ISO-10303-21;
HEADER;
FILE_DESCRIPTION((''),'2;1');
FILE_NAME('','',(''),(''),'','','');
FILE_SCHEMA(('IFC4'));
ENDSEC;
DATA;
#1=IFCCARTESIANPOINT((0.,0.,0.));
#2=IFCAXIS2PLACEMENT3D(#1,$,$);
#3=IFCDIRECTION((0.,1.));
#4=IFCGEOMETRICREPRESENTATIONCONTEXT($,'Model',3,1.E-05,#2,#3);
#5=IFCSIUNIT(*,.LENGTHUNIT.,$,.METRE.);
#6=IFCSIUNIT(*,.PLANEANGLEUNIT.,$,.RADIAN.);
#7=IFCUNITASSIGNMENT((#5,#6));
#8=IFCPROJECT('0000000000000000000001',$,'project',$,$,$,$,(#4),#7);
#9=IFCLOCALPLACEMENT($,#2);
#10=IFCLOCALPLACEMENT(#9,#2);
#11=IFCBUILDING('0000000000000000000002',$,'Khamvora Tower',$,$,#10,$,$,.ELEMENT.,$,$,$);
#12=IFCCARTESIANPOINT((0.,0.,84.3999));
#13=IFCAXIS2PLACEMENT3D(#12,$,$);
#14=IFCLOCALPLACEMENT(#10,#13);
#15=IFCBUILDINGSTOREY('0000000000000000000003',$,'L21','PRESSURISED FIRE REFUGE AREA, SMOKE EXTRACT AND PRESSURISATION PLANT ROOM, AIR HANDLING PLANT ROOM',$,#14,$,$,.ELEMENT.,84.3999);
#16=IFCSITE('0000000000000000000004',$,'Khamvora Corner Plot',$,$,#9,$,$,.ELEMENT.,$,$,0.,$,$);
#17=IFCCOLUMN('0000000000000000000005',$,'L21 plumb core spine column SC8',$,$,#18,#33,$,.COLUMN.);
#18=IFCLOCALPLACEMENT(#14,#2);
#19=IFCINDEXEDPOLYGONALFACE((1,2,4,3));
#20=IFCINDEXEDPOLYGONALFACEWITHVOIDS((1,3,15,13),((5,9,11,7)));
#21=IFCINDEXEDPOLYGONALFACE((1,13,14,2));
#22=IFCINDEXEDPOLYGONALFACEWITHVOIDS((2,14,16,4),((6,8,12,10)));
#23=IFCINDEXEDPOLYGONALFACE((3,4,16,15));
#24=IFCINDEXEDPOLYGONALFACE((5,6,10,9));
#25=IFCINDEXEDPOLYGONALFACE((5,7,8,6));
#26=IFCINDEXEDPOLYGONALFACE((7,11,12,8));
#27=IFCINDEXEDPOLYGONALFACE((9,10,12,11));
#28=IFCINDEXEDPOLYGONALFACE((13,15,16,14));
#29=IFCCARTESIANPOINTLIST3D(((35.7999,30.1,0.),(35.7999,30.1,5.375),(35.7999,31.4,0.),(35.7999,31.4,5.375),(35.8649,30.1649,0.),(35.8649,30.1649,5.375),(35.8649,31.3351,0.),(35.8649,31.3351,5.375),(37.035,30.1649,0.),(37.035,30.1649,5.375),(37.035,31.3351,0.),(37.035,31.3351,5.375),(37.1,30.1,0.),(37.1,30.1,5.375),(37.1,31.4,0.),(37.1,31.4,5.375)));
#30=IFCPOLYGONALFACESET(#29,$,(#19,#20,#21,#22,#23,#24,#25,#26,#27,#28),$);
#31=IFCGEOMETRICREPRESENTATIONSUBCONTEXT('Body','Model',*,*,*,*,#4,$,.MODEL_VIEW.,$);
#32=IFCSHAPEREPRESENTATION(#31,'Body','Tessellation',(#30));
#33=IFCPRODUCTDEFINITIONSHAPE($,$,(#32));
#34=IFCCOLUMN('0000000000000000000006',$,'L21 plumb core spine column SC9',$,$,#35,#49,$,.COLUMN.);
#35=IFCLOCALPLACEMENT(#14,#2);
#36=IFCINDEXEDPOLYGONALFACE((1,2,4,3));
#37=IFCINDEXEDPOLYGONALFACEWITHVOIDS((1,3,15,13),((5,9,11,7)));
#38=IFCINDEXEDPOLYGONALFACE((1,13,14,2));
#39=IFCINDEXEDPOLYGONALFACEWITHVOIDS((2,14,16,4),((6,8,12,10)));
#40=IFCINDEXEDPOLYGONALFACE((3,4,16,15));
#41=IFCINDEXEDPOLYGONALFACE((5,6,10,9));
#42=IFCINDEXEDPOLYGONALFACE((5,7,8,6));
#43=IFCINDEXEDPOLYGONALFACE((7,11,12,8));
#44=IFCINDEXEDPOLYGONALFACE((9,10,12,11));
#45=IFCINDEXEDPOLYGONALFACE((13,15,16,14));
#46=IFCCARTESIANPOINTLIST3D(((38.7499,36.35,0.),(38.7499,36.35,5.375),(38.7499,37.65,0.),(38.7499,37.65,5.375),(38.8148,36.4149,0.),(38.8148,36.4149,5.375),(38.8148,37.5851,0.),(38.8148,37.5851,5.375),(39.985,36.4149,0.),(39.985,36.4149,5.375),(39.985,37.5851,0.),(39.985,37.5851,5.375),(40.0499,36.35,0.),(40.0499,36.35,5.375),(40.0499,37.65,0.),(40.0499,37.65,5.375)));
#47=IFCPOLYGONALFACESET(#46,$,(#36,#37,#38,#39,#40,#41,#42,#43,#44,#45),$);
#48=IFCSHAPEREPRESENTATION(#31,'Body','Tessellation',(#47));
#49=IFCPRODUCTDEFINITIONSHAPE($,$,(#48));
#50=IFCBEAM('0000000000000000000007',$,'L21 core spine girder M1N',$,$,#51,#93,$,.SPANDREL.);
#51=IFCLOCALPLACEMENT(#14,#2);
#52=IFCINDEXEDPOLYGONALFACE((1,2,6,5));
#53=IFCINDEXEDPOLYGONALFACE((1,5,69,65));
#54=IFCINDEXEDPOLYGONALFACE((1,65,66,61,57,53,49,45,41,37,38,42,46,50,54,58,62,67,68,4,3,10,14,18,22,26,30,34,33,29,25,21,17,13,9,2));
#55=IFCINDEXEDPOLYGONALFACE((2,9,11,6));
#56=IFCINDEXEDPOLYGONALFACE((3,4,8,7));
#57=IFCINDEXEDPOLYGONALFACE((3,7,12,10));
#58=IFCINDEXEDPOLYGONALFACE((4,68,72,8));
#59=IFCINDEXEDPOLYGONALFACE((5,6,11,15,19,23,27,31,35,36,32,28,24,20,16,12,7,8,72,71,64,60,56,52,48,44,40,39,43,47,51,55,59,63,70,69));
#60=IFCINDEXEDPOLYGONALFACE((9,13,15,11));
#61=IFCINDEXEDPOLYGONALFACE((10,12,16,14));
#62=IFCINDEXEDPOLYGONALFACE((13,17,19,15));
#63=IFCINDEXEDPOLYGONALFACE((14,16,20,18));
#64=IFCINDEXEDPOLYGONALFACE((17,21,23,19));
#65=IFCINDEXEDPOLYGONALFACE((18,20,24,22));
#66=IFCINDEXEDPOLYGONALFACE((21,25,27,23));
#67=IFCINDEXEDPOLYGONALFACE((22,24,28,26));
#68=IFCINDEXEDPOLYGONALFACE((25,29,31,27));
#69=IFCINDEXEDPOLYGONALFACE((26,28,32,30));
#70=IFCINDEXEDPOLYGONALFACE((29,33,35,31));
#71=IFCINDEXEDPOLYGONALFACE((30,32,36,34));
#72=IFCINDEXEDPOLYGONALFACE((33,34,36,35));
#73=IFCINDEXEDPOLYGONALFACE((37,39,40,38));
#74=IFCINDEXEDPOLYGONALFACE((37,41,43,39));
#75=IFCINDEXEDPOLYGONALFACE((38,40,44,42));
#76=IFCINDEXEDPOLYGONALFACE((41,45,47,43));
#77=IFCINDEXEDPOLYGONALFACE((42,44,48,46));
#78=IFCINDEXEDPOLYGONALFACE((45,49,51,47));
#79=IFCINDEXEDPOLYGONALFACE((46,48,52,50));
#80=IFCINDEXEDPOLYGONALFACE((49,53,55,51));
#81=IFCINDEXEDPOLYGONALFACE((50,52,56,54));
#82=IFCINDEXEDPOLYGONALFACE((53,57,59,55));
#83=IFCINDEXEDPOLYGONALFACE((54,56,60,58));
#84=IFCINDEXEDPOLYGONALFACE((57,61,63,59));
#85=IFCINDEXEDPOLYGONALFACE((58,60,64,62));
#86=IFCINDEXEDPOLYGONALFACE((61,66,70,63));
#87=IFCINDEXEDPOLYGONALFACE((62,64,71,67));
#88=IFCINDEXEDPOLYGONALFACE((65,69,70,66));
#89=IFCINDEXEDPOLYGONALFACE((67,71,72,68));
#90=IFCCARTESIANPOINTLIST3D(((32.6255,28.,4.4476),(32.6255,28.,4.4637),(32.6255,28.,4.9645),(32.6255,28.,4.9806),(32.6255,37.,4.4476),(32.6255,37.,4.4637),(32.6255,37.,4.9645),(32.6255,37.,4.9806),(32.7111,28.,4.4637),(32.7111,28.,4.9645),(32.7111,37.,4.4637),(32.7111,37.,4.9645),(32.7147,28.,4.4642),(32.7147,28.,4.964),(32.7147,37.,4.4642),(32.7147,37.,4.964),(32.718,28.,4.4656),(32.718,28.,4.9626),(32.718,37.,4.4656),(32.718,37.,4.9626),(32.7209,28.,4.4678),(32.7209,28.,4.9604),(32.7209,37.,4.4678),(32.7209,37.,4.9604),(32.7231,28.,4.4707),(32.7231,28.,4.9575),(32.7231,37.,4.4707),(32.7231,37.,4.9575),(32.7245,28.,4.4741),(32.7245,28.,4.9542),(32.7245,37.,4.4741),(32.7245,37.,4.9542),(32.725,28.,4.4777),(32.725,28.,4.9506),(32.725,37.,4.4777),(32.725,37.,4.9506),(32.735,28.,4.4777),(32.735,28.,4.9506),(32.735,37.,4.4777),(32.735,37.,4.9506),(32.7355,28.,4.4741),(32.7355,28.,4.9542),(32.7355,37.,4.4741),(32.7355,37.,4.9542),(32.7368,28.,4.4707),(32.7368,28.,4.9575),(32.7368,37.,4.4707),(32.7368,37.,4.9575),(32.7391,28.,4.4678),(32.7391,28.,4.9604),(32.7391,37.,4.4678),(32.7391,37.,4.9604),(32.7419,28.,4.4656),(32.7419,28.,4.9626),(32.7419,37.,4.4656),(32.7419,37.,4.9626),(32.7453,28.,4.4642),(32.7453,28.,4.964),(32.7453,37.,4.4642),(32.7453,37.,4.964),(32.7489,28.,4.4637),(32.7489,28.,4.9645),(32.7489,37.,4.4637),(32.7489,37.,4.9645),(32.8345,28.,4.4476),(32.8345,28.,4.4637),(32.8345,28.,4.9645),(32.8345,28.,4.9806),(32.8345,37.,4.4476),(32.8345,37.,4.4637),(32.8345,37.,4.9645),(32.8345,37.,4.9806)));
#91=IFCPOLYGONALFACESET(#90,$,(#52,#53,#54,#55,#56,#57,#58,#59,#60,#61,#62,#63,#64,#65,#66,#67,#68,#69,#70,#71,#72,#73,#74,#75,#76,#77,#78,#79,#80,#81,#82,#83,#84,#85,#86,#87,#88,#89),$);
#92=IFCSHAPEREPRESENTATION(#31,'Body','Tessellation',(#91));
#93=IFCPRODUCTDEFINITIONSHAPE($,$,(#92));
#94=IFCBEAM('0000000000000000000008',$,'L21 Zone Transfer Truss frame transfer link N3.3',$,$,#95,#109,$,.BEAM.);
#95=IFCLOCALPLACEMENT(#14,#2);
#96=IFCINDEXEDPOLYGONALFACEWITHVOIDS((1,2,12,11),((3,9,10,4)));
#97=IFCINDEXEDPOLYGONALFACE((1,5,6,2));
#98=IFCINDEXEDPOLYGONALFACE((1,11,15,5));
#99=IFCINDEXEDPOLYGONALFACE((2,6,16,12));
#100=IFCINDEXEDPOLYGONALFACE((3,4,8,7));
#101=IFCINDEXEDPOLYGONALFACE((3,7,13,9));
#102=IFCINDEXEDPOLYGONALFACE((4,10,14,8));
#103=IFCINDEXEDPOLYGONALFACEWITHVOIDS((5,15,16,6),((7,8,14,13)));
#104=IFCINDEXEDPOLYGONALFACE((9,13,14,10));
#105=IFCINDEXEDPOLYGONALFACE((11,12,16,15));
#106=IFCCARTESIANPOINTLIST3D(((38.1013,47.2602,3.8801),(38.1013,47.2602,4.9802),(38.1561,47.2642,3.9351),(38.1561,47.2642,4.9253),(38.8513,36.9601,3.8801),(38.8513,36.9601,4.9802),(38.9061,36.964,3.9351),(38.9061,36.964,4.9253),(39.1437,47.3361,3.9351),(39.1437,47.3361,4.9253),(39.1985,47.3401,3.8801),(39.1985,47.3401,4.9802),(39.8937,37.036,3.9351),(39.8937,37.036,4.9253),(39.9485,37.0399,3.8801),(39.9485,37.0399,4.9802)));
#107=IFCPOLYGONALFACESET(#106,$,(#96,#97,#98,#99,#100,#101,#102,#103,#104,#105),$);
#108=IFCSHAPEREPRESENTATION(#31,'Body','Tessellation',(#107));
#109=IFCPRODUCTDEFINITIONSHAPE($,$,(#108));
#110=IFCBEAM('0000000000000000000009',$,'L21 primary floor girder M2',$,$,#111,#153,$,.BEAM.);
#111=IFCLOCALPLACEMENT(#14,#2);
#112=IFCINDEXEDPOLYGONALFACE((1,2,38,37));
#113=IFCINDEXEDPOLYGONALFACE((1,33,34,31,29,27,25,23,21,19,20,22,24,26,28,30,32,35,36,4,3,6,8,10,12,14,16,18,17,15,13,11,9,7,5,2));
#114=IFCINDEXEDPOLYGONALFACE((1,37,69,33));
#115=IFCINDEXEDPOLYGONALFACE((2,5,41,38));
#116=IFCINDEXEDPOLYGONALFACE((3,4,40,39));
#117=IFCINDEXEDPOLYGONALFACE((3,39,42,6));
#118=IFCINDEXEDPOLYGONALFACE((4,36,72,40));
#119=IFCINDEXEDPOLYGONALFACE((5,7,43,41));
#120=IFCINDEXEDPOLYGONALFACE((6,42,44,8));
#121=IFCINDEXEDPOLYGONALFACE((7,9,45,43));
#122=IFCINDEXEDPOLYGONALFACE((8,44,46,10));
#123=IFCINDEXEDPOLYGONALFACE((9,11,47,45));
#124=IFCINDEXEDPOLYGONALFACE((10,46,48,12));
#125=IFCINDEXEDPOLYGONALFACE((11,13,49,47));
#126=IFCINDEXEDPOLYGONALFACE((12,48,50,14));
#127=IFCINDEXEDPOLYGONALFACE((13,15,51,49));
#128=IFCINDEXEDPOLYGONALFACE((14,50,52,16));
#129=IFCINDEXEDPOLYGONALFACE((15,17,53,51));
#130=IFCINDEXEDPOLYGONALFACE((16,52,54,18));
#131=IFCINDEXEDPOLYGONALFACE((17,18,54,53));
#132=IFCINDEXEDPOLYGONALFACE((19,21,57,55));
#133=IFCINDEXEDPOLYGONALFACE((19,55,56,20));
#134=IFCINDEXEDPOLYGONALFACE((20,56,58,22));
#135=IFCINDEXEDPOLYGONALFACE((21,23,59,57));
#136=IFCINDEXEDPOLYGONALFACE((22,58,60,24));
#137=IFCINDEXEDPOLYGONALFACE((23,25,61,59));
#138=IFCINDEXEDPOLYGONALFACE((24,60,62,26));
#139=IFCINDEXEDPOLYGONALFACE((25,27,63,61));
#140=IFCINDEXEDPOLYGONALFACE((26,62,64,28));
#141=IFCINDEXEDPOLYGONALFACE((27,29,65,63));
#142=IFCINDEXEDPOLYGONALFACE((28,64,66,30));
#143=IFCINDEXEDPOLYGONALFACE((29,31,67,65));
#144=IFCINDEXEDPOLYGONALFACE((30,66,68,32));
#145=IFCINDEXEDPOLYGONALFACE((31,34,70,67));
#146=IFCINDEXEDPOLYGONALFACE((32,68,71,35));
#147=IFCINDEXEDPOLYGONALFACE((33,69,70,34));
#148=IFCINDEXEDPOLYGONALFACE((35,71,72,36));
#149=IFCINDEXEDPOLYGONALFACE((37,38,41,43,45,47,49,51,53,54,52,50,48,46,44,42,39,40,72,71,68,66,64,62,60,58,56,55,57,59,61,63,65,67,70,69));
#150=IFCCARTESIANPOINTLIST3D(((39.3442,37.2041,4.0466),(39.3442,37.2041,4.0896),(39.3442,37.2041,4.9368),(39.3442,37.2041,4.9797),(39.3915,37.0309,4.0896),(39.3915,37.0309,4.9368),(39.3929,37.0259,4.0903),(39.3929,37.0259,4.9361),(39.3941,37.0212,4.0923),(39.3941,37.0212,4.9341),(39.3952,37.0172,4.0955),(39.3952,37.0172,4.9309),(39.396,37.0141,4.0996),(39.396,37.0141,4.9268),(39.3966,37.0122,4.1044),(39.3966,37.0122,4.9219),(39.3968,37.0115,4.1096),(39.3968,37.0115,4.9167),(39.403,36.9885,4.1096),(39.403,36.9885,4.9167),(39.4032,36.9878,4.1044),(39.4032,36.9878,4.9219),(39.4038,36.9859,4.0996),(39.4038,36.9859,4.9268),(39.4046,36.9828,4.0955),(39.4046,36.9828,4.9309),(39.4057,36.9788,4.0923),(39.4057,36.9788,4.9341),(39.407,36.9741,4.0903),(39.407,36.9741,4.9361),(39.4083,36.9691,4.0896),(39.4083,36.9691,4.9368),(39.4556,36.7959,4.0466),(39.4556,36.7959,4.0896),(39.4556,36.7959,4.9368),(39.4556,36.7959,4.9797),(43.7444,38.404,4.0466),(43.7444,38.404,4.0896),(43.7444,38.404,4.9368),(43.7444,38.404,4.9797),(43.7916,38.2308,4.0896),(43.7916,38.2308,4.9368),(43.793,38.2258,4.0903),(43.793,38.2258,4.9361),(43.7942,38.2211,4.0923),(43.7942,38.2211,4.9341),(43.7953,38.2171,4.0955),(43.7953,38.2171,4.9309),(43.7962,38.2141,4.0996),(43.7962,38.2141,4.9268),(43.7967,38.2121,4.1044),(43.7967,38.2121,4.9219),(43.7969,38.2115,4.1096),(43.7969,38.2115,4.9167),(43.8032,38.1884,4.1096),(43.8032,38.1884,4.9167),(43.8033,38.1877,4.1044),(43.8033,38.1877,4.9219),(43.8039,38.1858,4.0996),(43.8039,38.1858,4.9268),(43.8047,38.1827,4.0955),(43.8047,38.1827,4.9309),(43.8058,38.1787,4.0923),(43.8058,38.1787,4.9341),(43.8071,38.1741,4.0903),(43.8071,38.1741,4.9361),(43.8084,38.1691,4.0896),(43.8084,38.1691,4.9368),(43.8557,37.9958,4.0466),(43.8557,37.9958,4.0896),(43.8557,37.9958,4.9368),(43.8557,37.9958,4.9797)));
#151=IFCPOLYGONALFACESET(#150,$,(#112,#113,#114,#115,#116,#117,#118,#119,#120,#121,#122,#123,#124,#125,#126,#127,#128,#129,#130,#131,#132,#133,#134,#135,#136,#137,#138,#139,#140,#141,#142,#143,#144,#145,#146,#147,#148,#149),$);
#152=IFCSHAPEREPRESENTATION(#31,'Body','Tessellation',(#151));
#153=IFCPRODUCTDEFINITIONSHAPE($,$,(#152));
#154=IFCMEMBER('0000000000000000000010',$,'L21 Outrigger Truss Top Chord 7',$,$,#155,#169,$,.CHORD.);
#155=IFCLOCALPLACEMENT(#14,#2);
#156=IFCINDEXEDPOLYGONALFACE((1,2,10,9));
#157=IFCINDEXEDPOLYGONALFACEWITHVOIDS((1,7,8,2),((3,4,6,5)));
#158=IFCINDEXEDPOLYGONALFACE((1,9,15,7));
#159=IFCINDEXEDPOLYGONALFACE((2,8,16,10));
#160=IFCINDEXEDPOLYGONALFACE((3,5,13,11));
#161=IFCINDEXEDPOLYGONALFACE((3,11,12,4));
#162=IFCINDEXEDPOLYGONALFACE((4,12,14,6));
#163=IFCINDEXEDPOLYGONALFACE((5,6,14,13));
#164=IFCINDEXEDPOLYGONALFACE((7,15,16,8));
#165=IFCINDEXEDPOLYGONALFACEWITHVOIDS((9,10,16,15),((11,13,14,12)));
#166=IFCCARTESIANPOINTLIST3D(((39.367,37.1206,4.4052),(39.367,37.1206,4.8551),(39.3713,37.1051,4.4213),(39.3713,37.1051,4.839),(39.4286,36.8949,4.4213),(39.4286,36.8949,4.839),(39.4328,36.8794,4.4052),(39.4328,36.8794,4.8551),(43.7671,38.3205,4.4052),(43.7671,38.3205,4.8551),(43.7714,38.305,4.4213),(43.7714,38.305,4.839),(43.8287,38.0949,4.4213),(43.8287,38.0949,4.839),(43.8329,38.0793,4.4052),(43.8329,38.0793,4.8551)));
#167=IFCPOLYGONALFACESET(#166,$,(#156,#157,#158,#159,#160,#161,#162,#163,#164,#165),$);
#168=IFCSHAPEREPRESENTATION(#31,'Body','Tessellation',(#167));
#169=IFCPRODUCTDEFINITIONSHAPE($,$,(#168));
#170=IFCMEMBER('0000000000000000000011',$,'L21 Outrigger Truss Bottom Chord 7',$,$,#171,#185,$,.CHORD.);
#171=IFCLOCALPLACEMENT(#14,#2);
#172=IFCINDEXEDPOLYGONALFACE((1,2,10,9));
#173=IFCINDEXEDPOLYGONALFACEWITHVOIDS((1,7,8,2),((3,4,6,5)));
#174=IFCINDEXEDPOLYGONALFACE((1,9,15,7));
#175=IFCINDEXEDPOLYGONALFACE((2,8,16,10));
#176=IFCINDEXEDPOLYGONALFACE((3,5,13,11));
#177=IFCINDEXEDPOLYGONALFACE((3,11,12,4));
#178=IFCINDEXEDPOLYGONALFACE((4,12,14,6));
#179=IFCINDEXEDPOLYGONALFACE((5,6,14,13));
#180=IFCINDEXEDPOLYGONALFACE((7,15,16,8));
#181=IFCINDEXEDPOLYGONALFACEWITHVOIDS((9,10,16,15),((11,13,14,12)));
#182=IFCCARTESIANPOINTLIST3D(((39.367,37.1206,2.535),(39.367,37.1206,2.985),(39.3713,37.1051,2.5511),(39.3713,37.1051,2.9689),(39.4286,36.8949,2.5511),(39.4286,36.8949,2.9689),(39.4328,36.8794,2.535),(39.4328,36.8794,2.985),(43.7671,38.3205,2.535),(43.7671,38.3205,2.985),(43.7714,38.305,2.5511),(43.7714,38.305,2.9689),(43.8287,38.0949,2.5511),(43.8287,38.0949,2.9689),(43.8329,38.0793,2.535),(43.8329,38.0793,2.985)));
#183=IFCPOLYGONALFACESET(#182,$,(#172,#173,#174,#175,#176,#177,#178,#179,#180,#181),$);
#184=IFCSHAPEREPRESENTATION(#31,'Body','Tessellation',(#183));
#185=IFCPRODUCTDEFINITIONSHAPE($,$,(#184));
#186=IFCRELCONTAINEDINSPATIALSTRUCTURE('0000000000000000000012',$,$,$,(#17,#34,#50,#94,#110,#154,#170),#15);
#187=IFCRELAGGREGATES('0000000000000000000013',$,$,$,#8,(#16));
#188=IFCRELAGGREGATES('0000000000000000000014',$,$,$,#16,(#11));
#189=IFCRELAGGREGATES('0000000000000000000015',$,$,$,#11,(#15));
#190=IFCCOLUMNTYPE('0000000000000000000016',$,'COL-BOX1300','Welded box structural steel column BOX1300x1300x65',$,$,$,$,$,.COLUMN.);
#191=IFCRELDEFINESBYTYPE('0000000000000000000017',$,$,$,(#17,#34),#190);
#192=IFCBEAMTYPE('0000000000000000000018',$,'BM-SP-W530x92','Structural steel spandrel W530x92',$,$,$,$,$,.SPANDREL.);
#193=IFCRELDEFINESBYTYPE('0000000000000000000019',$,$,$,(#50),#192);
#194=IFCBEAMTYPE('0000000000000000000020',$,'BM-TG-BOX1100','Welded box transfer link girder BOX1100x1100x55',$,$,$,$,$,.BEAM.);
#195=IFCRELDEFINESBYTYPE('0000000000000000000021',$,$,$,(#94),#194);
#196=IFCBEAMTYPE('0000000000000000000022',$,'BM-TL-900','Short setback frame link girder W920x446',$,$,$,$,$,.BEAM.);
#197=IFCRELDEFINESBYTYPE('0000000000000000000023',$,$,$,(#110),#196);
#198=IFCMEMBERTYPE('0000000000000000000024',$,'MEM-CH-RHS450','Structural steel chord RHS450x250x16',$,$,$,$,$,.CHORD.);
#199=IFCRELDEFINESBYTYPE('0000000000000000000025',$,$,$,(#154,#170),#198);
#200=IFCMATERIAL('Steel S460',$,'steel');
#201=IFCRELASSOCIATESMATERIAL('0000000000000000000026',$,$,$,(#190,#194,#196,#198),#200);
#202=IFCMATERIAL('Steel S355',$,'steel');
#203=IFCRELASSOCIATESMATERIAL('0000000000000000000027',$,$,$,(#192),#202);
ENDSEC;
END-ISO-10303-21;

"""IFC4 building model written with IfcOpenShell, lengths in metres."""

from ifc_helpers import new_model, si_unit, direction, frame, origin, origin_2d, place, context, subcontext, project, spatial, hollow_rectangle, i_section, extrude, material, material_profile, profile_set, type_object, element, save


model = new_model("IFC4")

# Units and contexts
model_context = context("Model", 3, precision=1e-05, world=origin(), true_north=direction((0.0, 1.0)))
body_context = subcontext(model_context, "Body", "Model", "MODEL_VIEW")
ifc_project = project(units=[si_unit("LENGTHUNIT", "METRE"), si_unit("PLANEANGLEUNIT", "RADIAN")], contexts=[model_context])

# Site, building, storey
site_placement = place(None, origin())
site = spatial("IfcSite", under=ifc_project, at=site_placement, Name="Khamvora Corner Plot", CompositionType="ELEMENT", RefElevation=0.0)
building_placement = place(site_placement, origin())
building = spatial("IfcBuilding", under=site, at=building_placement, Name="Khamvora Tower", CompositionType="ELEMENT")
storey_placement = place(building_placement, frame((0.0, 0.0, 84.3999)))
storey = spatial("IfcBuildingStorey", under=building, at=storey_placement, Name="L21", Description="PRESSURISED FIRE REFUGE AREA, SMOKE EXTRACT AND PRESSURISATION PLANT ROOM, AIR HANDLING PLANT ROOM", CompositionType="ELEMENT", Elevation=84.3999)

# Columns
ifc_material_1 = material(Name="Steel S460", Category="steel")
ifc_material_profile_1 = material_profile(ifc_material_1, hollow_rectangle(XDim=1.3, YDim=1.3, WallThickness=0.0649, at=origin_2d()), Name="BOX1300x1300x65")
ifc_profile_set_1 = profile_set([ifc_material_profile_1], Name="Steel S460")
column_type = type_object("IfcColumnType", Name="COL-BOX1300", Description="Welded box structural steel column BOX1300x1300x65", PredefinedType="COLUMN", material=ifc_profile_set_1)
for number, where, z_axis, x_axis, name in (
    (1, (36.45, 30.75, 0.0), (0.0, 0.0, 1.0), (1.0, 0.0, 0.0), "L21 plumb core spine column SC8"),
    (2, (39.3999, 37.0, 0.0), (0.0, 0.0, 1.0), (1.0, 0.0, 0.0), "L21 plumb core spine column SC9"),
):
    element("IfcColumn", number, at=place(storey_placement, frame(where, z_axis=z_axis, x_axis=x_axis)), inside=storey, type_object=column_type, Name=name, PredefinedType="COLUMN", context=body_context, shape_type="SweptSolid", body=[
        extrude(hollow_rectangle(XDim=1.3, YDim=1.3, WallThickness=0.0649, at=origin_2d()), origin(), (0.0, 0.0, 1.0), 5.375),
    ])

# Beams
ifc_material_2 = material(Name="Steel S355", Category="steel")
ifc_material_profile_2 = material_profile(ifc_material_2, i_section(OverallWidth=0.209, OverallDepth=0.533, WebThickness=0.01, FlangeThickness=0.0161, FilletRadius=0.0139, at=origin_2d()), Name="W530x92")
ifc_profile_set_2 = profile_set([ifc_material_profile_2], Name="Steel S355")
beam_type_1 = type_object("IfcBeamType", Name="BM-SP-W530x92", Description="Structural steel spandrel W530x92", PredefinedType="SPANDREL", material=ifc_profile_set_2)
beam_1_placement = place(storey_placement, frame((32.73, 28.0, 4.7141), z_axis=(0.0, 1.0, 0.0), x_axis=(-1.0, 0.0, 0.0)))
element("IfcBeam", 3, at=beam_1_placement, inside=storey, type_object=beam_type_1, Name="L21 core spine girder M1N", PredefinedType="SPANDREL", context=body_context, shape_type="SweptSolid", body=[
    extrude(i_section(OverallWidth=0.209, OverallDepth=0.533, WebThickness=0.01, FlangeThickness=0.0161, FilletRadius=0.0139, at=origin_2d()), origin(), (0.0, 0.0, 1.0), 9.0),
])
ifc_material_profile_3 = material_profile(ifc_material_1, hollow_rectangle(XDim=1.1001, YDim=1.1001, WallThickness=0.0549, at=origin_2d()), Name="BOX1100x1100x55")
ifc_profile_set_3 = profile_set([ifc_material_profile_3], Name="Steel S460")
beam_type_2 = type_object("IfcBeamType", Name="BM-TG-BOX1100", Description="Welded box transfer link girder BOX1100x1100x55", PredefinedType="BEAM", material=ifc_profile_set_3)
beam_2_placement = place(storey_placement, frame((39.3999, 37.0, 4.4302), z_axis=(-0.072623, 0.997359, 0.0), x_axis=(-0.997359, -0.072623, 0.0)))
element("IfcBeam", 4, at=beam_2_placement, inside=storey, type_object=beam_type_2, Name="L21 Zone Transfer Truss frame transfer link N3.3", PredefinedType="BEAM", context=body_context, shape_type="SweptSolid", body=[
    extrude(hollow_rectangle(XDim=1.1001, YDim=1.1001, WallThickness=0.0549, at=origin_2d()), origin(), (0.0, 0.0, 1.0), 10.3274),
])
ifc_material_profile_4 = material_profile(ifc_material_1, i_section(OverallWidth=0.4231, OverallDepth=0.9331, WebThickness=0.0239, FlangeThickness=0.043, FilletRadius=0.02, at=origin_2d()), Name="W920x446")
ifc_profile_set_4 = profile_set([ifc_material_profile_4], Name="Steel S460")
beam_type_3 = type_object("IfcBeamType", Name="BM-TL-900", Description="Short setback frame link girder W920x446", PredefinedType="BEAM", material=ifc_profile_set_4)
beam_3_placement = place(storey_placement, frame((39.3999, 37.0, 4.5132), z_axis=(0.964769, 0.263099, 0.0), x_axis=(-0.263099, 0.964769, 0.0)))
element("IfcBeam", 5, at=beam_3_placement, inside=storey, type_object=beam_type_3, Name="L21 primary floor girder M2", PredefinedType="BEAM", context=body_context, shape_type="SweptSolid", body=[
    extrude(i_section(OverallWidth=0.4231, OverallDepth=0.9331, WebThickness=0.0239, FlangeThickness=0.043, FilletRadius=0.02, at=origin_2d()), origin(), (0.0, 0.0, 1.0), 4.5608),
])

# Members
ifc_material_profile_5 = material_profile(ifc_material_1, hollow_rectangle(XDim=0.25, YDim=0.45, WallThickness=0.0161, at=origin_2d()), Name="RHS450x250x16")
ifc_profile_set_5 = profile_set([ifc_material_profile_5], Name="Steel S460")
member_type = type_object("IfcMemberType", Name="MEM-CH-RHS450", Description="Structural steel chord RHS450x250x16", PredefinedType="CHORD", material=ifc_profile_set_5)
for number, where, z_axis, x_axis, name in (
    (6, (39.3999, 37.0, 4.6301), (0.964769, 0.263099, 0.0), (-0.263099, 0.964769, 0.0), "L21 Outrigger Truss Top Chord 7"),
    (7, (39.3999, 37.0, 2.76), (0.964769, 0.263099, 0.0), (-0.263099, 0.964769, 0.0), "L21 Outrigger Truss Bottom Chord 7"),
):
    element("IfcMember", number, at=place(storey_placement, frame(where, z_axis=z_axis, x_axis=x_axis)), inside=storey, type_object=member_type, Name=name, PredefinedType="CHORD", context=body_context, shape_type="SweptSolid", body=[
        extrude(hollow_rectangle(XDim=0.25, YDim=0.45, WallThickness=0.0161, at=origin_2d()), origin(), (0.0, 0.0, 1.0), 4.5608),
    ])

save(model, "model.ifc")
